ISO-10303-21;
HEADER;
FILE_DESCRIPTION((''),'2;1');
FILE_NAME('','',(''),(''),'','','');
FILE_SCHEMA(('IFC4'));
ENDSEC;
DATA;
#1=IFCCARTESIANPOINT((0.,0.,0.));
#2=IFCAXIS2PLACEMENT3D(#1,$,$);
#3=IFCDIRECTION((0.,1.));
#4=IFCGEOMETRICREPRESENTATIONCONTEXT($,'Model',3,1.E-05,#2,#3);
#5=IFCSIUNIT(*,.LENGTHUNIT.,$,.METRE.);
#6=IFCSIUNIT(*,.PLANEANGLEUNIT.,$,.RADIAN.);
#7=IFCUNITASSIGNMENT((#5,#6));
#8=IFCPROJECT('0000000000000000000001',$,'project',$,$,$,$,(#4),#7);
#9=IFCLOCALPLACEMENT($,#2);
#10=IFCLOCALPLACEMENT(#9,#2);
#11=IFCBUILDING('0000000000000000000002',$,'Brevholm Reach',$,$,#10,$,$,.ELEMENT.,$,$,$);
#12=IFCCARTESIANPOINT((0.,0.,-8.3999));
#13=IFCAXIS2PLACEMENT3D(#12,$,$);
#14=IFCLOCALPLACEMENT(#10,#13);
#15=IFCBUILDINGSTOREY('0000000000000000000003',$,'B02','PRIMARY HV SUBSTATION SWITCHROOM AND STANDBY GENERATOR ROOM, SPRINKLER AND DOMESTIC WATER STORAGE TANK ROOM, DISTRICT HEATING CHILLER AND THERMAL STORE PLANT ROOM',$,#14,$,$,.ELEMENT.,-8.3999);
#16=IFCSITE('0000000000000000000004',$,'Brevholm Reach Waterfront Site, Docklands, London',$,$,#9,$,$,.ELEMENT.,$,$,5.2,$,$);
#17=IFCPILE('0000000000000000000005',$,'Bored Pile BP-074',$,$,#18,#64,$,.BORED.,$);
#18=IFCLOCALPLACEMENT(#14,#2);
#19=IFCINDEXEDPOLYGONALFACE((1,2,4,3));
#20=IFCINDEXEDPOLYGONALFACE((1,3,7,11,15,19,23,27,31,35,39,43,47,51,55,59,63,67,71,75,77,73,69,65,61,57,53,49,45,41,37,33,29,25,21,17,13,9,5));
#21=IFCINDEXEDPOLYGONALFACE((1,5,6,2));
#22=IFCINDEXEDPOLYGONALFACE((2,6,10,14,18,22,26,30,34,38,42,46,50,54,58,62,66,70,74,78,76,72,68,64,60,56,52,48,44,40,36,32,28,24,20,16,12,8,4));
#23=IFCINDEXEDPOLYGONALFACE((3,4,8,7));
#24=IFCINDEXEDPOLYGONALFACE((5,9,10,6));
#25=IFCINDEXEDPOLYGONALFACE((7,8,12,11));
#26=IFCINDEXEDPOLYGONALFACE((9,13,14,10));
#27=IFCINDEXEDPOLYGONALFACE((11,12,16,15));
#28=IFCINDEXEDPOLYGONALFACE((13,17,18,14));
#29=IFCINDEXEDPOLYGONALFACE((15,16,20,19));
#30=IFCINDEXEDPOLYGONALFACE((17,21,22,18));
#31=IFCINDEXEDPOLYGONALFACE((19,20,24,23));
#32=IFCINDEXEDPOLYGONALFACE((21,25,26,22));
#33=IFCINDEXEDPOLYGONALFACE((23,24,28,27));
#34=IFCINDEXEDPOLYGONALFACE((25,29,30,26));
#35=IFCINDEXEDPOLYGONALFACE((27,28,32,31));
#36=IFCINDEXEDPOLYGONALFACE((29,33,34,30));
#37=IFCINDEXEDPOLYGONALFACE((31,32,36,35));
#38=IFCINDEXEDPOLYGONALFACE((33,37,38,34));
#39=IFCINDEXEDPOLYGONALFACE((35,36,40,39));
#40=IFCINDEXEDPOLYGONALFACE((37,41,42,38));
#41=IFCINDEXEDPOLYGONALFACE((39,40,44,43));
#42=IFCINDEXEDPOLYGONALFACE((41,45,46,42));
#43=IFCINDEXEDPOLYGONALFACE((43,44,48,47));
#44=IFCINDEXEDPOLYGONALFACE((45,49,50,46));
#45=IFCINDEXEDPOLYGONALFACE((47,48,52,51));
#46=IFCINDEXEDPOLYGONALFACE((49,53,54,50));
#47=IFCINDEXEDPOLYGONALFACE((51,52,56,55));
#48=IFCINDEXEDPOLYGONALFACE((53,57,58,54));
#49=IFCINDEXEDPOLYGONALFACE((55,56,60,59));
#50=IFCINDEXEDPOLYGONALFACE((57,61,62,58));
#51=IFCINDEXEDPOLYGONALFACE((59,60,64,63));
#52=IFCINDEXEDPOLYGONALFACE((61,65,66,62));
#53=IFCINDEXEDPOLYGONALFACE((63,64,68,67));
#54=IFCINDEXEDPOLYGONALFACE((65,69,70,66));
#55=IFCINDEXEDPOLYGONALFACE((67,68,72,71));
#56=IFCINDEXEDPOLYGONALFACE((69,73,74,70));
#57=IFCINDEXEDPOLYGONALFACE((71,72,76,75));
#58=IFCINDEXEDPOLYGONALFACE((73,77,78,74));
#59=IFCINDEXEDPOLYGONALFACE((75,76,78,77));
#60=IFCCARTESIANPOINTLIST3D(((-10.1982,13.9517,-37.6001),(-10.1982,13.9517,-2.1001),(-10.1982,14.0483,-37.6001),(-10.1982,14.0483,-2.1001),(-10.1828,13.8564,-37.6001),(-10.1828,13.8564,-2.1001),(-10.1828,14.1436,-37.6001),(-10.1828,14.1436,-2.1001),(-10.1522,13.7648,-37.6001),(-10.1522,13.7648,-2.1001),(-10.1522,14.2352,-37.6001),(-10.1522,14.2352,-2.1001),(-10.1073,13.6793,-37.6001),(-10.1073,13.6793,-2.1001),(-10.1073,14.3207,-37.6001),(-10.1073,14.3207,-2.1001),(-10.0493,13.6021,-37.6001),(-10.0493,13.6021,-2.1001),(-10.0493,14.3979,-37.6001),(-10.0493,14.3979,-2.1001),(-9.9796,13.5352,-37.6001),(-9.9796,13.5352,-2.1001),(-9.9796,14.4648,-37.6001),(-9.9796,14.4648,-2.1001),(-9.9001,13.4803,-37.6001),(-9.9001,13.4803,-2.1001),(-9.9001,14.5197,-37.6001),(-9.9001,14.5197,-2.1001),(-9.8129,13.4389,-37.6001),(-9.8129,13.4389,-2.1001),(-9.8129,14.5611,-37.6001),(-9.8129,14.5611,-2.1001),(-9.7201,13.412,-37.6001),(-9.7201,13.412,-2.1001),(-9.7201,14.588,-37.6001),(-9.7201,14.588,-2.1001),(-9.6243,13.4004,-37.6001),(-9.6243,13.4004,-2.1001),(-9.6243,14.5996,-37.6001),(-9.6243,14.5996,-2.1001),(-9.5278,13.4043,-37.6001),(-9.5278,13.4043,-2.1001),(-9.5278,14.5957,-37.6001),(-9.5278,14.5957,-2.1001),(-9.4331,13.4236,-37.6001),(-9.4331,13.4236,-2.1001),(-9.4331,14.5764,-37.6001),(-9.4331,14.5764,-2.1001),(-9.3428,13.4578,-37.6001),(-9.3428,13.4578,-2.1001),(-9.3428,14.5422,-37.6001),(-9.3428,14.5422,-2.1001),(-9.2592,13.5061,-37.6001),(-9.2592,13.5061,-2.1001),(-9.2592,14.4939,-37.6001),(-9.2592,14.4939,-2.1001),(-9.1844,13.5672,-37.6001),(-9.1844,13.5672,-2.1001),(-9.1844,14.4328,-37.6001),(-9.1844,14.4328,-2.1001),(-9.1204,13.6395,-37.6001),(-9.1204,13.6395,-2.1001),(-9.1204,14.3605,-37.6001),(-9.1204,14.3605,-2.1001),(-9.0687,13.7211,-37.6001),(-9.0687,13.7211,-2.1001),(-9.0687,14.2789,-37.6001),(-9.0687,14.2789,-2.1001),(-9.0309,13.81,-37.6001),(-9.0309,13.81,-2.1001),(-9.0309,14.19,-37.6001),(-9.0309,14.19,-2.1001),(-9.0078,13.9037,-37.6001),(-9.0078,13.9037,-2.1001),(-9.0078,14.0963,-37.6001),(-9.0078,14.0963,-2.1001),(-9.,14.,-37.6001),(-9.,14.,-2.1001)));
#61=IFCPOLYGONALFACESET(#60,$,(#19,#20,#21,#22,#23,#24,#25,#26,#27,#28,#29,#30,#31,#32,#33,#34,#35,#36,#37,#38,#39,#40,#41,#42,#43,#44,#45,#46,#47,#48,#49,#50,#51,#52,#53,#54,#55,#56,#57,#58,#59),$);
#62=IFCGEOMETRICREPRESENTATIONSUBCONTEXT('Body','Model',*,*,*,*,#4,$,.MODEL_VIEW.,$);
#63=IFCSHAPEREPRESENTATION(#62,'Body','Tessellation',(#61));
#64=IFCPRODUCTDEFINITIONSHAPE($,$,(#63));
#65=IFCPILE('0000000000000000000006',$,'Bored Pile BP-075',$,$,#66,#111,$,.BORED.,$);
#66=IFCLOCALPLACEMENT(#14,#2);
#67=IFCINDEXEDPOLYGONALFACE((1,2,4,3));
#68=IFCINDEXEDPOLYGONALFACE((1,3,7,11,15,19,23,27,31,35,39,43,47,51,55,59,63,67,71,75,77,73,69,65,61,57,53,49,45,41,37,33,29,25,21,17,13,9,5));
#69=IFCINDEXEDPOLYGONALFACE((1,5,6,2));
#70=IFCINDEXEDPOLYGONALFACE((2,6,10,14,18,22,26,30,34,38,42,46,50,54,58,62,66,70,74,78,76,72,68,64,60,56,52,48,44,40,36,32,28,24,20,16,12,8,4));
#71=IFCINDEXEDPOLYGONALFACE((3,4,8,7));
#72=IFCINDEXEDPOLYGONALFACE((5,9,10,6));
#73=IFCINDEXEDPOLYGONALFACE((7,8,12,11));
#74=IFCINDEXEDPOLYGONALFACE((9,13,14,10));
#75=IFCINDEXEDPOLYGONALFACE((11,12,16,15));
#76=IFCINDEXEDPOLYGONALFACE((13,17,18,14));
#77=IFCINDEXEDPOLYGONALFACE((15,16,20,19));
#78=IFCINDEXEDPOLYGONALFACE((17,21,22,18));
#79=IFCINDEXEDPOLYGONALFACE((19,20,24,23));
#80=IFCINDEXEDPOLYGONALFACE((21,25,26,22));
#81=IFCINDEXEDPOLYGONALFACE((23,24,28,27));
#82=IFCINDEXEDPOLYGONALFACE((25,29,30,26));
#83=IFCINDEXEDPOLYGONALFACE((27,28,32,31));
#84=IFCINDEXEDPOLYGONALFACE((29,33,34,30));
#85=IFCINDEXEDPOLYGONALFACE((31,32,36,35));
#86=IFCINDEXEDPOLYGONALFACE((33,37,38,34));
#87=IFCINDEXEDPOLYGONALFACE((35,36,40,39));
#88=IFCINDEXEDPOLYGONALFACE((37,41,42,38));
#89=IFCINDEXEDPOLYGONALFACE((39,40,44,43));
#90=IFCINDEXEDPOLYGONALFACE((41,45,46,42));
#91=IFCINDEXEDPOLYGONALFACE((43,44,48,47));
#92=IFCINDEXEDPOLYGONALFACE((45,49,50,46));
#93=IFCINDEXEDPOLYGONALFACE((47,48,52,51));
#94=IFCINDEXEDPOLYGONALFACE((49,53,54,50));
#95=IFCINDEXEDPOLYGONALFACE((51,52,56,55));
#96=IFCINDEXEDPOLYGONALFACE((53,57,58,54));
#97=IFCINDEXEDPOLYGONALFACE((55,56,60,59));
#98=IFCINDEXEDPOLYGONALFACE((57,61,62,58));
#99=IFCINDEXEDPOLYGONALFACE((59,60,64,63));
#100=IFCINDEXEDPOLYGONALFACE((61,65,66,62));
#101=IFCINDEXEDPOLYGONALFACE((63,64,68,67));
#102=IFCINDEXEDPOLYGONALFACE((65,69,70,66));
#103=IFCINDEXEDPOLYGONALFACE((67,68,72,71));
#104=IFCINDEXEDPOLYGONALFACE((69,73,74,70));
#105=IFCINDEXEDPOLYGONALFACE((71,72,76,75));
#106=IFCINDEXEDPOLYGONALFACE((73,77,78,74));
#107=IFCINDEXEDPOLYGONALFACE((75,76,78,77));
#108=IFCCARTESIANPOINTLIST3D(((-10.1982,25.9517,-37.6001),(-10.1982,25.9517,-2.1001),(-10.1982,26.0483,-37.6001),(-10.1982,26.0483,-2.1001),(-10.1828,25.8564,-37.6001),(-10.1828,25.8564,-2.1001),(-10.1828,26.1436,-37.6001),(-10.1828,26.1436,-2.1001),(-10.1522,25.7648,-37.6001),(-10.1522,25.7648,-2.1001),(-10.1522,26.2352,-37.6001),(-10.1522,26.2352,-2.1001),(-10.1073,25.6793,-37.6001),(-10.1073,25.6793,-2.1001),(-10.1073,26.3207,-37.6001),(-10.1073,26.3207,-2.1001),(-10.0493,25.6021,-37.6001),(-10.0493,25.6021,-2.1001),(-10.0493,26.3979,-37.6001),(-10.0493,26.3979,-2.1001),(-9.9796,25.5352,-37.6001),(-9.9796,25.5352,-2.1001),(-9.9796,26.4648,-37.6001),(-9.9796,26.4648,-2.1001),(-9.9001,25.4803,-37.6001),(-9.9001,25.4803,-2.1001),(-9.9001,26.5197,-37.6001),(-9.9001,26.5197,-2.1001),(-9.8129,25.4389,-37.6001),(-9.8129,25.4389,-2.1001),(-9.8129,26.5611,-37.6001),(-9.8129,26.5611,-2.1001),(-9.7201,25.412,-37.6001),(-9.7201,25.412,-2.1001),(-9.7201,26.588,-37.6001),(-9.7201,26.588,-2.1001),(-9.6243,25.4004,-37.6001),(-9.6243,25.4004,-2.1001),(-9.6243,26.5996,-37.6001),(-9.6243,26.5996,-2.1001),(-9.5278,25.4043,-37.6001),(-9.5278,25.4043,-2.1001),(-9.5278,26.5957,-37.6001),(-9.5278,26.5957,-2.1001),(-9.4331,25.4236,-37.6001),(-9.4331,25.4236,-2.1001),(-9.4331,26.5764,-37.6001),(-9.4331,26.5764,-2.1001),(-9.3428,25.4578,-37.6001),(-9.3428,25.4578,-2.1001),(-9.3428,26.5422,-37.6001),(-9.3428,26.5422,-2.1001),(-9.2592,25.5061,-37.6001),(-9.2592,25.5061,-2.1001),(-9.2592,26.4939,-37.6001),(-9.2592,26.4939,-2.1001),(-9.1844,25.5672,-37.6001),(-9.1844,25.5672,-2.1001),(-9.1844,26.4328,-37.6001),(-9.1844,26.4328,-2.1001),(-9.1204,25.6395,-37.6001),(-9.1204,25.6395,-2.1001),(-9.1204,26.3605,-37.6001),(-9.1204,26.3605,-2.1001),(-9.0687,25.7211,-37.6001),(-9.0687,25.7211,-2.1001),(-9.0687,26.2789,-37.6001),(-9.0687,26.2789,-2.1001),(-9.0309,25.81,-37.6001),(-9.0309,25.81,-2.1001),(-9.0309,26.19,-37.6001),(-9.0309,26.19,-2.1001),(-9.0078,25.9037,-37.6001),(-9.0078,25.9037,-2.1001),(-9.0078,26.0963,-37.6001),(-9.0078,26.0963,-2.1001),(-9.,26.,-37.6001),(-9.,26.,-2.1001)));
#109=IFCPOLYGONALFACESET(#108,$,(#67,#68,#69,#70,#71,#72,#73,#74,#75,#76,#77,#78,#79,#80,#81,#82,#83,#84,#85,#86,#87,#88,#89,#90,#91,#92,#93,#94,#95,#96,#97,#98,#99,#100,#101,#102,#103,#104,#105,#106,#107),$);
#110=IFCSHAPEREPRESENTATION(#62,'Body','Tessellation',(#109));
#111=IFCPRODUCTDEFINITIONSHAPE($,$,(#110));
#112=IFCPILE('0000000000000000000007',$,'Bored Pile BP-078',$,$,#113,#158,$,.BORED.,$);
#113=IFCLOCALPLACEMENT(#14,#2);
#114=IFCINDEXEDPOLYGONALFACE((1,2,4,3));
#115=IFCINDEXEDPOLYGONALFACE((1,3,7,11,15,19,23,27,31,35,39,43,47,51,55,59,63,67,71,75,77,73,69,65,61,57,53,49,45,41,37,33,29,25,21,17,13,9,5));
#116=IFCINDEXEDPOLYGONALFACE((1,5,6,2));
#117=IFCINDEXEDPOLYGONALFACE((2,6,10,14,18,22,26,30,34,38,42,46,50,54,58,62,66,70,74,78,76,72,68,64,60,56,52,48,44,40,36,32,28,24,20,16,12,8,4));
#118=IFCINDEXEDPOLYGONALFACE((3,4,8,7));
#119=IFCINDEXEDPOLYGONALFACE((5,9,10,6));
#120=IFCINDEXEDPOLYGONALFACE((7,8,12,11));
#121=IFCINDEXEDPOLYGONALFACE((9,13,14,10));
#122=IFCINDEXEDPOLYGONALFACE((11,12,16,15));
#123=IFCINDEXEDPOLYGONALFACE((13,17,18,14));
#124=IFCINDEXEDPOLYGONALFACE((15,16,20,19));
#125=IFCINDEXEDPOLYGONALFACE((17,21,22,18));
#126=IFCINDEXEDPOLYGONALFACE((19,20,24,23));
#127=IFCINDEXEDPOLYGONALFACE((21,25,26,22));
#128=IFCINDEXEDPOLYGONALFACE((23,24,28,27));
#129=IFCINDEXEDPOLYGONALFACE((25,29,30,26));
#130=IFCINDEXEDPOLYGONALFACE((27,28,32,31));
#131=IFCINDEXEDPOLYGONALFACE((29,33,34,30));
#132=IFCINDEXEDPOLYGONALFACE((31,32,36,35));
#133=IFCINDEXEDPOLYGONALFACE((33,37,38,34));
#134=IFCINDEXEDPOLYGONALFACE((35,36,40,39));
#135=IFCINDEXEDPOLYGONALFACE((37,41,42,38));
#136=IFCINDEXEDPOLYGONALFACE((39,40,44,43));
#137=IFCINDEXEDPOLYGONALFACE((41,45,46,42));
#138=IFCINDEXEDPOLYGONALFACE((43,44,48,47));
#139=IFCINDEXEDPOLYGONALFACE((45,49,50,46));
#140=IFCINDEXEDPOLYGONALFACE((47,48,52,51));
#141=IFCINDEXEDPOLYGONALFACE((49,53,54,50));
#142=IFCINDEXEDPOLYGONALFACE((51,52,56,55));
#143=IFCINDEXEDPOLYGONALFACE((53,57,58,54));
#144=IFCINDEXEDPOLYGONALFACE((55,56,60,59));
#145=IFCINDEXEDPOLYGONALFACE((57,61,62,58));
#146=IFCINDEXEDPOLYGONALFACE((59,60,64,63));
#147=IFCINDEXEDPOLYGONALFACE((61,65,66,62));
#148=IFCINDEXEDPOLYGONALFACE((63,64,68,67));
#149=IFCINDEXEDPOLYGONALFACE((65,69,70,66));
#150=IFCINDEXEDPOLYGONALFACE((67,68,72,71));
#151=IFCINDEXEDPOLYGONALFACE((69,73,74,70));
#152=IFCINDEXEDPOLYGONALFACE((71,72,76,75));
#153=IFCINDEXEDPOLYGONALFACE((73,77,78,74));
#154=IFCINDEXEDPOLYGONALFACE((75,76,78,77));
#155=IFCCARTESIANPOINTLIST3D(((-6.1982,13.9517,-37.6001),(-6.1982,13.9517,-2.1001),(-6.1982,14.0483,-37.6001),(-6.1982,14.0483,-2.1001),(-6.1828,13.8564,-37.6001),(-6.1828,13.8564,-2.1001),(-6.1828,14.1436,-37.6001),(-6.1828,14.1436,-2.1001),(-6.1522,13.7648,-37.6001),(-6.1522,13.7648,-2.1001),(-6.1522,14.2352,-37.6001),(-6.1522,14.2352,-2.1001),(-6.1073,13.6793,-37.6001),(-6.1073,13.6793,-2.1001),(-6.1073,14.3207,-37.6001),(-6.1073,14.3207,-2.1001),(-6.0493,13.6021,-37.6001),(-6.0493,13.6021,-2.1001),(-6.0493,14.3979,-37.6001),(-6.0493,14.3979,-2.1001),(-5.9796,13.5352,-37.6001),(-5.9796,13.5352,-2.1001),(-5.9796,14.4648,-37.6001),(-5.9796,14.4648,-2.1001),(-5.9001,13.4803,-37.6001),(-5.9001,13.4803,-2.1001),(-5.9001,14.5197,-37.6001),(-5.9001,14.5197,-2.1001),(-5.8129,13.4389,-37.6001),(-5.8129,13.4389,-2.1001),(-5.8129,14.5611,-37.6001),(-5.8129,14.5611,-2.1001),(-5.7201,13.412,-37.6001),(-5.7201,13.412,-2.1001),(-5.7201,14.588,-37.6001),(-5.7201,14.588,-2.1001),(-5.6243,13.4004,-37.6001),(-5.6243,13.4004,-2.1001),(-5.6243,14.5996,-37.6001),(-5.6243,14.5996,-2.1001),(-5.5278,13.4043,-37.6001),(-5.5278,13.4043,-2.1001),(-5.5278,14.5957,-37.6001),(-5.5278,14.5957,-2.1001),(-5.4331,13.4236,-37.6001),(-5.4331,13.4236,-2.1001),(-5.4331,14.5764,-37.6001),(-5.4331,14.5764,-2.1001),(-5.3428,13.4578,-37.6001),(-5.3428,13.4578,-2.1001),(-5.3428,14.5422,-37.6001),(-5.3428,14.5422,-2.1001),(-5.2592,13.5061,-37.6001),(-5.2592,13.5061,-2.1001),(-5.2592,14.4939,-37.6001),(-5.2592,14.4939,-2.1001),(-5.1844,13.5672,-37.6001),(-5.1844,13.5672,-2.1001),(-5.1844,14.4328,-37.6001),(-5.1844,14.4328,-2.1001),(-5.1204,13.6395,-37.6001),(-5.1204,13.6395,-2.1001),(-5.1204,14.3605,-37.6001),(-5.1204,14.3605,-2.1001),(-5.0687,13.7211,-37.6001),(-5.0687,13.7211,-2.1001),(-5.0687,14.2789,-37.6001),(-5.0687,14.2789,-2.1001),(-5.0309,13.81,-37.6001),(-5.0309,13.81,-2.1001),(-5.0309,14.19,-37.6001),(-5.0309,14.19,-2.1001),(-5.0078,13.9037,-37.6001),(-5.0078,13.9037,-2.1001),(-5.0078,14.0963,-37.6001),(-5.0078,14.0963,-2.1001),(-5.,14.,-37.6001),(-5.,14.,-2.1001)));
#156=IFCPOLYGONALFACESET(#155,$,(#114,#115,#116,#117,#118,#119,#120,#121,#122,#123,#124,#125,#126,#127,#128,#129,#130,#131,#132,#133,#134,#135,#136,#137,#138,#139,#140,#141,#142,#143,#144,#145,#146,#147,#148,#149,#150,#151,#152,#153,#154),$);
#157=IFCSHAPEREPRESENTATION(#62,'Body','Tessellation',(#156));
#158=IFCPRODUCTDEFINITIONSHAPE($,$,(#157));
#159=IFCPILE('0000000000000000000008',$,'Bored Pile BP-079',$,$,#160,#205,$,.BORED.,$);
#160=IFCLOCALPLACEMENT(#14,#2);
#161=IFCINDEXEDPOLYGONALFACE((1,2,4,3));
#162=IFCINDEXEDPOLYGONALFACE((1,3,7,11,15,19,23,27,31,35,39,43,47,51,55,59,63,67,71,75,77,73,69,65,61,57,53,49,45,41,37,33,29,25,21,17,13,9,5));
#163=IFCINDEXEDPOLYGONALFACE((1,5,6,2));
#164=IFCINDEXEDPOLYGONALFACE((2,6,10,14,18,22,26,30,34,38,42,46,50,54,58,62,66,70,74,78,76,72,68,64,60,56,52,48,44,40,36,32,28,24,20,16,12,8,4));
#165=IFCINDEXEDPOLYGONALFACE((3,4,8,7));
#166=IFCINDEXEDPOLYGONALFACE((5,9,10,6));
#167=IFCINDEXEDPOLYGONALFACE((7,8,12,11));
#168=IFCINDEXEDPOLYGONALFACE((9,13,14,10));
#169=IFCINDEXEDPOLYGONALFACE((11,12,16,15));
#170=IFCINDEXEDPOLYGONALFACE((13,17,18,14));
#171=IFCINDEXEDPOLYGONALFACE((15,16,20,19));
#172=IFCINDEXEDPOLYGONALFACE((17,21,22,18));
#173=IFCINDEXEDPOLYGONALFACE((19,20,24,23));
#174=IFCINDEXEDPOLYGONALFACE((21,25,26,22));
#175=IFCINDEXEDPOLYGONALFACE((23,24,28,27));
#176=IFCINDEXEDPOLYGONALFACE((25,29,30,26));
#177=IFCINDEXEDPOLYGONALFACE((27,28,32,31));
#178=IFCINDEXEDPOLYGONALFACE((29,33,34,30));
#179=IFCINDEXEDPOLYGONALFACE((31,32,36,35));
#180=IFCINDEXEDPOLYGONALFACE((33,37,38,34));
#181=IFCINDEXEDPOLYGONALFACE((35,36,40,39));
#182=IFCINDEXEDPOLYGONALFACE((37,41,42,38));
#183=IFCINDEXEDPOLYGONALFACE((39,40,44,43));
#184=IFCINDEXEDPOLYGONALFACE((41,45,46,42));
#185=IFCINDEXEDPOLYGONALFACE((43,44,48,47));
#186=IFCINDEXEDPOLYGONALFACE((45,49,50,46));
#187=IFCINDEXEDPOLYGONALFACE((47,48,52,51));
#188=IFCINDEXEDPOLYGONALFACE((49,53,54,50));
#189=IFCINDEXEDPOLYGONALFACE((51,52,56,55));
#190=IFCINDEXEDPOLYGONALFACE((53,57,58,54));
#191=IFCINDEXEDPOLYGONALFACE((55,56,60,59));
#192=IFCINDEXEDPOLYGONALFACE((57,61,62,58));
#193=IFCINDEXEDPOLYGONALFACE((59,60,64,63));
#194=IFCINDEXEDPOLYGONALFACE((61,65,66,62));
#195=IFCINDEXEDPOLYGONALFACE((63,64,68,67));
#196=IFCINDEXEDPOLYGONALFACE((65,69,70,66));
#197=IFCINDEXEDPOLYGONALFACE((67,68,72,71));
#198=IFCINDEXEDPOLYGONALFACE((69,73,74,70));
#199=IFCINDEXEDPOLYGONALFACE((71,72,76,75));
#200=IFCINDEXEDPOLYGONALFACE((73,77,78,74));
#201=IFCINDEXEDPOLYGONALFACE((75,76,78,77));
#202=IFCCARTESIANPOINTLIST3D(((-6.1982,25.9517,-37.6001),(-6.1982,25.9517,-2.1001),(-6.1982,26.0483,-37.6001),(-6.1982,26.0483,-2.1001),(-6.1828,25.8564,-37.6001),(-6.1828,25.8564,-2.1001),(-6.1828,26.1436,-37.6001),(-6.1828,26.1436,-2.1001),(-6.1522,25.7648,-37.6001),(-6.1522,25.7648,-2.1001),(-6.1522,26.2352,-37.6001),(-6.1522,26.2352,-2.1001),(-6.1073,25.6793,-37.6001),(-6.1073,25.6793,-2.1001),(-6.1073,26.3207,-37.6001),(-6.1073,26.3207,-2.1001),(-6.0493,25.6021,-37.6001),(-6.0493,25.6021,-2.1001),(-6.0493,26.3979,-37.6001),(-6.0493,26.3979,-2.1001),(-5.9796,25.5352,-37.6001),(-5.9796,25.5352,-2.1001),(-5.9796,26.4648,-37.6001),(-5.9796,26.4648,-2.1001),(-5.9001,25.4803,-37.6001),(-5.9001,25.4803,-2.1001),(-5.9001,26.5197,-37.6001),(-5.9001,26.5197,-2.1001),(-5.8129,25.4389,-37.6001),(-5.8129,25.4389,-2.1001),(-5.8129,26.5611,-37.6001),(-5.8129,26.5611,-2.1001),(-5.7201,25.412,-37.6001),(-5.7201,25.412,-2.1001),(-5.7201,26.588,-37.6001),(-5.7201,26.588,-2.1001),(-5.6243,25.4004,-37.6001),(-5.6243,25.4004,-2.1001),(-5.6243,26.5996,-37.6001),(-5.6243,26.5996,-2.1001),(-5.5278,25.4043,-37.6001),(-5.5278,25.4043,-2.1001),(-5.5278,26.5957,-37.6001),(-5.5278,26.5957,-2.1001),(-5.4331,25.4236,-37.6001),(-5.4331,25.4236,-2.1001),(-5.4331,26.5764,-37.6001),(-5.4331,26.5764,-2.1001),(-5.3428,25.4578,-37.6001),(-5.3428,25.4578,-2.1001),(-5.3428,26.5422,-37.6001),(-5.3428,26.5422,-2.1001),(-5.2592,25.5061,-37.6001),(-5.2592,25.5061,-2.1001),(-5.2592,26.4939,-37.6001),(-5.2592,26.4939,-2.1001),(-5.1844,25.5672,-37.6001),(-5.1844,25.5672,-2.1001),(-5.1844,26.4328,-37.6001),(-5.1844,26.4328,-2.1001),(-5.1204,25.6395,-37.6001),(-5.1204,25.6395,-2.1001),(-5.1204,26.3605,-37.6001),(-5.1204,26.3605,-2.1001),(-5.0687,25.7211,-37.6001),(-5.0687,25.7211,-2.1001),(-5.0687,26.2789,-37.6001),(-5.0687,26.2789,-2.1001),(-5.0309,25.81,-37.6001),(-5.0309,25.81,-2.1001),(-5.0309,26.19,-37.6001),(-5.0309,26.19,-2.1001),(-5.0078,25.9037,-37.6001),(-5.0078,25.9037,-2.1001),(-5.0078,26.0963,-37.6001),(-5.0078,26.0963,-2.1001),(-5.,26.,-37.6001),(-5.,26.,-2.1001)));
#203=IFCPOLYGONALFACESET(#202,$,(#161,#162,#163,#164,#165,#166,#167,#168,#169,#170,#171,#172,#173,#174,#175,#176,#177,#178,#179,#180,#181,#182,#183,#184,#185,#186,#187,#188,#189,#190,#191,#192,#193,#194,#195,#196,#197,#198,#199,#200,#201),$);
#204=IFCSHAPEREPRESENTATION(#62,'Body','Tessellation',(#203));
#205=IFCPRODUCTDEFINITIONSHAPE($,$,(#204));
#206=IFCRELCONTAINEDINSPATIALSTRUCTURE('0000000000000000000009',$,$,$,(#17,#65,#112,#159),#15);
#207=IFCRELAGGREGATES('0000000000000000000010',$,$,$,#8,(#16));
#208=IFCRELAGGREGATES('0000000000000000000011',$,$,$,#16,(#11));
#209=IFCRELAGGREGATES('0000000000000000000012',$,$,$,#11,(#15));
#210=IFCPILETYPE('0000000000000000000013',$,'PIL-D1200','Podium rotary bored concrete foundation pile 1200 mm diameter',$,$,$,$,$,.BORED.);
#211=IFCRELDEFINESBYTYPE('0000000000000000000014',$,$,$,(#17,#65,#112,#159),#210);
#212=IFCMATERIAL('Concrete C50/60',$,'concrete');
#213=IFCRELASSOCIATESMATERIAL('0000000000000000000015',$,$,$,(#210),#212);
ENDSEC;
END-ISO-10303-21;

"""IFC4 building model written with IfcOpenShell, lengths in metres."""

from ifc_helpers import new_model, si_unit, direction, frame, origin, origin_2d, place, context, subcontext, project, spatial, circle, extrude, material, material_profile, profile_set, type_object, element, save


model = new_model("IFC4")

# Units and contexts
model_context = context("Model", 3, precision=1e-05, world=origin(), true_north=direction((0.0, 1.0)))
body_context = subcontext(model_context, "Body", "Model", "MODEL_VIEW")
ifc_project = project(units=[si_unit("LENGTHUNIT", "METRE"), si_unit("PLANEANGLEUNIT", "RADIAN")], contexts=[model_context])

# Site, building, storey
site_placement = place(None, origin())
site = spatial("IfcSite", under=ifc_project, at=site_placement, Name="Brevholm Reach Waterfront Site, Docklands, London", CompositionType="ELEMENT", RefElevation=5.2)
building_placement = place(site_placement, origin())
building = spatial("IfcBuilding", under=site, at=building_placement, Name="Brevholm Reach", CompositionType="ELEMENT")
storey_placement = place(building_placement, frame((0.0, 0.0, -8.3999)))
storey = spatial("IfcBuildingStorey", under=building, at=storey_placement, Name="B02", Description="PRIMARY HV SUBSTATION SWITCHROOM AND STANDBY GENERATOR ROOM, SPRINKLER AND DOMESTIC WATER STORAGE TANK ROOM, DISTRICT HEATING CHILLER AND THERMAL STORE PLANT ROOM", CompositionType="ELEMENT", Elevation=-8.3999)

# Piles
ifc_material_1 = material(Name="Concrete C50/60", Category="concrete")
ifc_material_profile_1 = material_profile(ifc_material_1, circle(Radius=0.6001, at=origin_2d()), Name="PILE D1200")
ifc_profile_set_1 = profile_set([ifc_material_profile_1], Name="Concrete C50/60")
pile_type_1 = type_object("IfcPileType", Name="PIL-D1200", Description="Podium rotary bored concrete foundation pile 1200 mm diameter", PredefinedType="BORED", material=ifc_profile_set_1)
for number, where, z_axis, x_axis, name in (
    (1, (-9.6001, 14.0, -2.1001), (0.0, 0.0, -1.0), (1.0, 0.0, 0.0), "Bored Pile BP-074"),
    (2, (-9.6001, 26.0, -2.1001), (0.0, 0.0, -1.0), (1.0, 0.0, 0.0), "Bored Pile BP-075"),
    (3, (-5.6001, 14.0, -2.1001), (0.0, 0.0, -1.0), (1.0, 0.0, 0.0), "Bored Pile BP-078"),
    (4, (-5.6001, 26.0, -2.1001), (0.0, 0.0, -1.0), (1.0, 0.0, 0.0), "Bored Pile BP-079"),
):
    element("IfcPile", number, at=place(storey_placement, frame(where, z_axis=z_axis, x_axis=x_axis)), inside=storey, type_object=pile_type_1, Name=name, PredefinedType="BORED", context=body_context, shape_type="SweptSolid", body=[
        extrude(circle(Radius=0.6001, at=origin_2d()), origin(), (0.0, 0.0, 1.0), 35.5),
    ])

save(model, "model.ifc")
